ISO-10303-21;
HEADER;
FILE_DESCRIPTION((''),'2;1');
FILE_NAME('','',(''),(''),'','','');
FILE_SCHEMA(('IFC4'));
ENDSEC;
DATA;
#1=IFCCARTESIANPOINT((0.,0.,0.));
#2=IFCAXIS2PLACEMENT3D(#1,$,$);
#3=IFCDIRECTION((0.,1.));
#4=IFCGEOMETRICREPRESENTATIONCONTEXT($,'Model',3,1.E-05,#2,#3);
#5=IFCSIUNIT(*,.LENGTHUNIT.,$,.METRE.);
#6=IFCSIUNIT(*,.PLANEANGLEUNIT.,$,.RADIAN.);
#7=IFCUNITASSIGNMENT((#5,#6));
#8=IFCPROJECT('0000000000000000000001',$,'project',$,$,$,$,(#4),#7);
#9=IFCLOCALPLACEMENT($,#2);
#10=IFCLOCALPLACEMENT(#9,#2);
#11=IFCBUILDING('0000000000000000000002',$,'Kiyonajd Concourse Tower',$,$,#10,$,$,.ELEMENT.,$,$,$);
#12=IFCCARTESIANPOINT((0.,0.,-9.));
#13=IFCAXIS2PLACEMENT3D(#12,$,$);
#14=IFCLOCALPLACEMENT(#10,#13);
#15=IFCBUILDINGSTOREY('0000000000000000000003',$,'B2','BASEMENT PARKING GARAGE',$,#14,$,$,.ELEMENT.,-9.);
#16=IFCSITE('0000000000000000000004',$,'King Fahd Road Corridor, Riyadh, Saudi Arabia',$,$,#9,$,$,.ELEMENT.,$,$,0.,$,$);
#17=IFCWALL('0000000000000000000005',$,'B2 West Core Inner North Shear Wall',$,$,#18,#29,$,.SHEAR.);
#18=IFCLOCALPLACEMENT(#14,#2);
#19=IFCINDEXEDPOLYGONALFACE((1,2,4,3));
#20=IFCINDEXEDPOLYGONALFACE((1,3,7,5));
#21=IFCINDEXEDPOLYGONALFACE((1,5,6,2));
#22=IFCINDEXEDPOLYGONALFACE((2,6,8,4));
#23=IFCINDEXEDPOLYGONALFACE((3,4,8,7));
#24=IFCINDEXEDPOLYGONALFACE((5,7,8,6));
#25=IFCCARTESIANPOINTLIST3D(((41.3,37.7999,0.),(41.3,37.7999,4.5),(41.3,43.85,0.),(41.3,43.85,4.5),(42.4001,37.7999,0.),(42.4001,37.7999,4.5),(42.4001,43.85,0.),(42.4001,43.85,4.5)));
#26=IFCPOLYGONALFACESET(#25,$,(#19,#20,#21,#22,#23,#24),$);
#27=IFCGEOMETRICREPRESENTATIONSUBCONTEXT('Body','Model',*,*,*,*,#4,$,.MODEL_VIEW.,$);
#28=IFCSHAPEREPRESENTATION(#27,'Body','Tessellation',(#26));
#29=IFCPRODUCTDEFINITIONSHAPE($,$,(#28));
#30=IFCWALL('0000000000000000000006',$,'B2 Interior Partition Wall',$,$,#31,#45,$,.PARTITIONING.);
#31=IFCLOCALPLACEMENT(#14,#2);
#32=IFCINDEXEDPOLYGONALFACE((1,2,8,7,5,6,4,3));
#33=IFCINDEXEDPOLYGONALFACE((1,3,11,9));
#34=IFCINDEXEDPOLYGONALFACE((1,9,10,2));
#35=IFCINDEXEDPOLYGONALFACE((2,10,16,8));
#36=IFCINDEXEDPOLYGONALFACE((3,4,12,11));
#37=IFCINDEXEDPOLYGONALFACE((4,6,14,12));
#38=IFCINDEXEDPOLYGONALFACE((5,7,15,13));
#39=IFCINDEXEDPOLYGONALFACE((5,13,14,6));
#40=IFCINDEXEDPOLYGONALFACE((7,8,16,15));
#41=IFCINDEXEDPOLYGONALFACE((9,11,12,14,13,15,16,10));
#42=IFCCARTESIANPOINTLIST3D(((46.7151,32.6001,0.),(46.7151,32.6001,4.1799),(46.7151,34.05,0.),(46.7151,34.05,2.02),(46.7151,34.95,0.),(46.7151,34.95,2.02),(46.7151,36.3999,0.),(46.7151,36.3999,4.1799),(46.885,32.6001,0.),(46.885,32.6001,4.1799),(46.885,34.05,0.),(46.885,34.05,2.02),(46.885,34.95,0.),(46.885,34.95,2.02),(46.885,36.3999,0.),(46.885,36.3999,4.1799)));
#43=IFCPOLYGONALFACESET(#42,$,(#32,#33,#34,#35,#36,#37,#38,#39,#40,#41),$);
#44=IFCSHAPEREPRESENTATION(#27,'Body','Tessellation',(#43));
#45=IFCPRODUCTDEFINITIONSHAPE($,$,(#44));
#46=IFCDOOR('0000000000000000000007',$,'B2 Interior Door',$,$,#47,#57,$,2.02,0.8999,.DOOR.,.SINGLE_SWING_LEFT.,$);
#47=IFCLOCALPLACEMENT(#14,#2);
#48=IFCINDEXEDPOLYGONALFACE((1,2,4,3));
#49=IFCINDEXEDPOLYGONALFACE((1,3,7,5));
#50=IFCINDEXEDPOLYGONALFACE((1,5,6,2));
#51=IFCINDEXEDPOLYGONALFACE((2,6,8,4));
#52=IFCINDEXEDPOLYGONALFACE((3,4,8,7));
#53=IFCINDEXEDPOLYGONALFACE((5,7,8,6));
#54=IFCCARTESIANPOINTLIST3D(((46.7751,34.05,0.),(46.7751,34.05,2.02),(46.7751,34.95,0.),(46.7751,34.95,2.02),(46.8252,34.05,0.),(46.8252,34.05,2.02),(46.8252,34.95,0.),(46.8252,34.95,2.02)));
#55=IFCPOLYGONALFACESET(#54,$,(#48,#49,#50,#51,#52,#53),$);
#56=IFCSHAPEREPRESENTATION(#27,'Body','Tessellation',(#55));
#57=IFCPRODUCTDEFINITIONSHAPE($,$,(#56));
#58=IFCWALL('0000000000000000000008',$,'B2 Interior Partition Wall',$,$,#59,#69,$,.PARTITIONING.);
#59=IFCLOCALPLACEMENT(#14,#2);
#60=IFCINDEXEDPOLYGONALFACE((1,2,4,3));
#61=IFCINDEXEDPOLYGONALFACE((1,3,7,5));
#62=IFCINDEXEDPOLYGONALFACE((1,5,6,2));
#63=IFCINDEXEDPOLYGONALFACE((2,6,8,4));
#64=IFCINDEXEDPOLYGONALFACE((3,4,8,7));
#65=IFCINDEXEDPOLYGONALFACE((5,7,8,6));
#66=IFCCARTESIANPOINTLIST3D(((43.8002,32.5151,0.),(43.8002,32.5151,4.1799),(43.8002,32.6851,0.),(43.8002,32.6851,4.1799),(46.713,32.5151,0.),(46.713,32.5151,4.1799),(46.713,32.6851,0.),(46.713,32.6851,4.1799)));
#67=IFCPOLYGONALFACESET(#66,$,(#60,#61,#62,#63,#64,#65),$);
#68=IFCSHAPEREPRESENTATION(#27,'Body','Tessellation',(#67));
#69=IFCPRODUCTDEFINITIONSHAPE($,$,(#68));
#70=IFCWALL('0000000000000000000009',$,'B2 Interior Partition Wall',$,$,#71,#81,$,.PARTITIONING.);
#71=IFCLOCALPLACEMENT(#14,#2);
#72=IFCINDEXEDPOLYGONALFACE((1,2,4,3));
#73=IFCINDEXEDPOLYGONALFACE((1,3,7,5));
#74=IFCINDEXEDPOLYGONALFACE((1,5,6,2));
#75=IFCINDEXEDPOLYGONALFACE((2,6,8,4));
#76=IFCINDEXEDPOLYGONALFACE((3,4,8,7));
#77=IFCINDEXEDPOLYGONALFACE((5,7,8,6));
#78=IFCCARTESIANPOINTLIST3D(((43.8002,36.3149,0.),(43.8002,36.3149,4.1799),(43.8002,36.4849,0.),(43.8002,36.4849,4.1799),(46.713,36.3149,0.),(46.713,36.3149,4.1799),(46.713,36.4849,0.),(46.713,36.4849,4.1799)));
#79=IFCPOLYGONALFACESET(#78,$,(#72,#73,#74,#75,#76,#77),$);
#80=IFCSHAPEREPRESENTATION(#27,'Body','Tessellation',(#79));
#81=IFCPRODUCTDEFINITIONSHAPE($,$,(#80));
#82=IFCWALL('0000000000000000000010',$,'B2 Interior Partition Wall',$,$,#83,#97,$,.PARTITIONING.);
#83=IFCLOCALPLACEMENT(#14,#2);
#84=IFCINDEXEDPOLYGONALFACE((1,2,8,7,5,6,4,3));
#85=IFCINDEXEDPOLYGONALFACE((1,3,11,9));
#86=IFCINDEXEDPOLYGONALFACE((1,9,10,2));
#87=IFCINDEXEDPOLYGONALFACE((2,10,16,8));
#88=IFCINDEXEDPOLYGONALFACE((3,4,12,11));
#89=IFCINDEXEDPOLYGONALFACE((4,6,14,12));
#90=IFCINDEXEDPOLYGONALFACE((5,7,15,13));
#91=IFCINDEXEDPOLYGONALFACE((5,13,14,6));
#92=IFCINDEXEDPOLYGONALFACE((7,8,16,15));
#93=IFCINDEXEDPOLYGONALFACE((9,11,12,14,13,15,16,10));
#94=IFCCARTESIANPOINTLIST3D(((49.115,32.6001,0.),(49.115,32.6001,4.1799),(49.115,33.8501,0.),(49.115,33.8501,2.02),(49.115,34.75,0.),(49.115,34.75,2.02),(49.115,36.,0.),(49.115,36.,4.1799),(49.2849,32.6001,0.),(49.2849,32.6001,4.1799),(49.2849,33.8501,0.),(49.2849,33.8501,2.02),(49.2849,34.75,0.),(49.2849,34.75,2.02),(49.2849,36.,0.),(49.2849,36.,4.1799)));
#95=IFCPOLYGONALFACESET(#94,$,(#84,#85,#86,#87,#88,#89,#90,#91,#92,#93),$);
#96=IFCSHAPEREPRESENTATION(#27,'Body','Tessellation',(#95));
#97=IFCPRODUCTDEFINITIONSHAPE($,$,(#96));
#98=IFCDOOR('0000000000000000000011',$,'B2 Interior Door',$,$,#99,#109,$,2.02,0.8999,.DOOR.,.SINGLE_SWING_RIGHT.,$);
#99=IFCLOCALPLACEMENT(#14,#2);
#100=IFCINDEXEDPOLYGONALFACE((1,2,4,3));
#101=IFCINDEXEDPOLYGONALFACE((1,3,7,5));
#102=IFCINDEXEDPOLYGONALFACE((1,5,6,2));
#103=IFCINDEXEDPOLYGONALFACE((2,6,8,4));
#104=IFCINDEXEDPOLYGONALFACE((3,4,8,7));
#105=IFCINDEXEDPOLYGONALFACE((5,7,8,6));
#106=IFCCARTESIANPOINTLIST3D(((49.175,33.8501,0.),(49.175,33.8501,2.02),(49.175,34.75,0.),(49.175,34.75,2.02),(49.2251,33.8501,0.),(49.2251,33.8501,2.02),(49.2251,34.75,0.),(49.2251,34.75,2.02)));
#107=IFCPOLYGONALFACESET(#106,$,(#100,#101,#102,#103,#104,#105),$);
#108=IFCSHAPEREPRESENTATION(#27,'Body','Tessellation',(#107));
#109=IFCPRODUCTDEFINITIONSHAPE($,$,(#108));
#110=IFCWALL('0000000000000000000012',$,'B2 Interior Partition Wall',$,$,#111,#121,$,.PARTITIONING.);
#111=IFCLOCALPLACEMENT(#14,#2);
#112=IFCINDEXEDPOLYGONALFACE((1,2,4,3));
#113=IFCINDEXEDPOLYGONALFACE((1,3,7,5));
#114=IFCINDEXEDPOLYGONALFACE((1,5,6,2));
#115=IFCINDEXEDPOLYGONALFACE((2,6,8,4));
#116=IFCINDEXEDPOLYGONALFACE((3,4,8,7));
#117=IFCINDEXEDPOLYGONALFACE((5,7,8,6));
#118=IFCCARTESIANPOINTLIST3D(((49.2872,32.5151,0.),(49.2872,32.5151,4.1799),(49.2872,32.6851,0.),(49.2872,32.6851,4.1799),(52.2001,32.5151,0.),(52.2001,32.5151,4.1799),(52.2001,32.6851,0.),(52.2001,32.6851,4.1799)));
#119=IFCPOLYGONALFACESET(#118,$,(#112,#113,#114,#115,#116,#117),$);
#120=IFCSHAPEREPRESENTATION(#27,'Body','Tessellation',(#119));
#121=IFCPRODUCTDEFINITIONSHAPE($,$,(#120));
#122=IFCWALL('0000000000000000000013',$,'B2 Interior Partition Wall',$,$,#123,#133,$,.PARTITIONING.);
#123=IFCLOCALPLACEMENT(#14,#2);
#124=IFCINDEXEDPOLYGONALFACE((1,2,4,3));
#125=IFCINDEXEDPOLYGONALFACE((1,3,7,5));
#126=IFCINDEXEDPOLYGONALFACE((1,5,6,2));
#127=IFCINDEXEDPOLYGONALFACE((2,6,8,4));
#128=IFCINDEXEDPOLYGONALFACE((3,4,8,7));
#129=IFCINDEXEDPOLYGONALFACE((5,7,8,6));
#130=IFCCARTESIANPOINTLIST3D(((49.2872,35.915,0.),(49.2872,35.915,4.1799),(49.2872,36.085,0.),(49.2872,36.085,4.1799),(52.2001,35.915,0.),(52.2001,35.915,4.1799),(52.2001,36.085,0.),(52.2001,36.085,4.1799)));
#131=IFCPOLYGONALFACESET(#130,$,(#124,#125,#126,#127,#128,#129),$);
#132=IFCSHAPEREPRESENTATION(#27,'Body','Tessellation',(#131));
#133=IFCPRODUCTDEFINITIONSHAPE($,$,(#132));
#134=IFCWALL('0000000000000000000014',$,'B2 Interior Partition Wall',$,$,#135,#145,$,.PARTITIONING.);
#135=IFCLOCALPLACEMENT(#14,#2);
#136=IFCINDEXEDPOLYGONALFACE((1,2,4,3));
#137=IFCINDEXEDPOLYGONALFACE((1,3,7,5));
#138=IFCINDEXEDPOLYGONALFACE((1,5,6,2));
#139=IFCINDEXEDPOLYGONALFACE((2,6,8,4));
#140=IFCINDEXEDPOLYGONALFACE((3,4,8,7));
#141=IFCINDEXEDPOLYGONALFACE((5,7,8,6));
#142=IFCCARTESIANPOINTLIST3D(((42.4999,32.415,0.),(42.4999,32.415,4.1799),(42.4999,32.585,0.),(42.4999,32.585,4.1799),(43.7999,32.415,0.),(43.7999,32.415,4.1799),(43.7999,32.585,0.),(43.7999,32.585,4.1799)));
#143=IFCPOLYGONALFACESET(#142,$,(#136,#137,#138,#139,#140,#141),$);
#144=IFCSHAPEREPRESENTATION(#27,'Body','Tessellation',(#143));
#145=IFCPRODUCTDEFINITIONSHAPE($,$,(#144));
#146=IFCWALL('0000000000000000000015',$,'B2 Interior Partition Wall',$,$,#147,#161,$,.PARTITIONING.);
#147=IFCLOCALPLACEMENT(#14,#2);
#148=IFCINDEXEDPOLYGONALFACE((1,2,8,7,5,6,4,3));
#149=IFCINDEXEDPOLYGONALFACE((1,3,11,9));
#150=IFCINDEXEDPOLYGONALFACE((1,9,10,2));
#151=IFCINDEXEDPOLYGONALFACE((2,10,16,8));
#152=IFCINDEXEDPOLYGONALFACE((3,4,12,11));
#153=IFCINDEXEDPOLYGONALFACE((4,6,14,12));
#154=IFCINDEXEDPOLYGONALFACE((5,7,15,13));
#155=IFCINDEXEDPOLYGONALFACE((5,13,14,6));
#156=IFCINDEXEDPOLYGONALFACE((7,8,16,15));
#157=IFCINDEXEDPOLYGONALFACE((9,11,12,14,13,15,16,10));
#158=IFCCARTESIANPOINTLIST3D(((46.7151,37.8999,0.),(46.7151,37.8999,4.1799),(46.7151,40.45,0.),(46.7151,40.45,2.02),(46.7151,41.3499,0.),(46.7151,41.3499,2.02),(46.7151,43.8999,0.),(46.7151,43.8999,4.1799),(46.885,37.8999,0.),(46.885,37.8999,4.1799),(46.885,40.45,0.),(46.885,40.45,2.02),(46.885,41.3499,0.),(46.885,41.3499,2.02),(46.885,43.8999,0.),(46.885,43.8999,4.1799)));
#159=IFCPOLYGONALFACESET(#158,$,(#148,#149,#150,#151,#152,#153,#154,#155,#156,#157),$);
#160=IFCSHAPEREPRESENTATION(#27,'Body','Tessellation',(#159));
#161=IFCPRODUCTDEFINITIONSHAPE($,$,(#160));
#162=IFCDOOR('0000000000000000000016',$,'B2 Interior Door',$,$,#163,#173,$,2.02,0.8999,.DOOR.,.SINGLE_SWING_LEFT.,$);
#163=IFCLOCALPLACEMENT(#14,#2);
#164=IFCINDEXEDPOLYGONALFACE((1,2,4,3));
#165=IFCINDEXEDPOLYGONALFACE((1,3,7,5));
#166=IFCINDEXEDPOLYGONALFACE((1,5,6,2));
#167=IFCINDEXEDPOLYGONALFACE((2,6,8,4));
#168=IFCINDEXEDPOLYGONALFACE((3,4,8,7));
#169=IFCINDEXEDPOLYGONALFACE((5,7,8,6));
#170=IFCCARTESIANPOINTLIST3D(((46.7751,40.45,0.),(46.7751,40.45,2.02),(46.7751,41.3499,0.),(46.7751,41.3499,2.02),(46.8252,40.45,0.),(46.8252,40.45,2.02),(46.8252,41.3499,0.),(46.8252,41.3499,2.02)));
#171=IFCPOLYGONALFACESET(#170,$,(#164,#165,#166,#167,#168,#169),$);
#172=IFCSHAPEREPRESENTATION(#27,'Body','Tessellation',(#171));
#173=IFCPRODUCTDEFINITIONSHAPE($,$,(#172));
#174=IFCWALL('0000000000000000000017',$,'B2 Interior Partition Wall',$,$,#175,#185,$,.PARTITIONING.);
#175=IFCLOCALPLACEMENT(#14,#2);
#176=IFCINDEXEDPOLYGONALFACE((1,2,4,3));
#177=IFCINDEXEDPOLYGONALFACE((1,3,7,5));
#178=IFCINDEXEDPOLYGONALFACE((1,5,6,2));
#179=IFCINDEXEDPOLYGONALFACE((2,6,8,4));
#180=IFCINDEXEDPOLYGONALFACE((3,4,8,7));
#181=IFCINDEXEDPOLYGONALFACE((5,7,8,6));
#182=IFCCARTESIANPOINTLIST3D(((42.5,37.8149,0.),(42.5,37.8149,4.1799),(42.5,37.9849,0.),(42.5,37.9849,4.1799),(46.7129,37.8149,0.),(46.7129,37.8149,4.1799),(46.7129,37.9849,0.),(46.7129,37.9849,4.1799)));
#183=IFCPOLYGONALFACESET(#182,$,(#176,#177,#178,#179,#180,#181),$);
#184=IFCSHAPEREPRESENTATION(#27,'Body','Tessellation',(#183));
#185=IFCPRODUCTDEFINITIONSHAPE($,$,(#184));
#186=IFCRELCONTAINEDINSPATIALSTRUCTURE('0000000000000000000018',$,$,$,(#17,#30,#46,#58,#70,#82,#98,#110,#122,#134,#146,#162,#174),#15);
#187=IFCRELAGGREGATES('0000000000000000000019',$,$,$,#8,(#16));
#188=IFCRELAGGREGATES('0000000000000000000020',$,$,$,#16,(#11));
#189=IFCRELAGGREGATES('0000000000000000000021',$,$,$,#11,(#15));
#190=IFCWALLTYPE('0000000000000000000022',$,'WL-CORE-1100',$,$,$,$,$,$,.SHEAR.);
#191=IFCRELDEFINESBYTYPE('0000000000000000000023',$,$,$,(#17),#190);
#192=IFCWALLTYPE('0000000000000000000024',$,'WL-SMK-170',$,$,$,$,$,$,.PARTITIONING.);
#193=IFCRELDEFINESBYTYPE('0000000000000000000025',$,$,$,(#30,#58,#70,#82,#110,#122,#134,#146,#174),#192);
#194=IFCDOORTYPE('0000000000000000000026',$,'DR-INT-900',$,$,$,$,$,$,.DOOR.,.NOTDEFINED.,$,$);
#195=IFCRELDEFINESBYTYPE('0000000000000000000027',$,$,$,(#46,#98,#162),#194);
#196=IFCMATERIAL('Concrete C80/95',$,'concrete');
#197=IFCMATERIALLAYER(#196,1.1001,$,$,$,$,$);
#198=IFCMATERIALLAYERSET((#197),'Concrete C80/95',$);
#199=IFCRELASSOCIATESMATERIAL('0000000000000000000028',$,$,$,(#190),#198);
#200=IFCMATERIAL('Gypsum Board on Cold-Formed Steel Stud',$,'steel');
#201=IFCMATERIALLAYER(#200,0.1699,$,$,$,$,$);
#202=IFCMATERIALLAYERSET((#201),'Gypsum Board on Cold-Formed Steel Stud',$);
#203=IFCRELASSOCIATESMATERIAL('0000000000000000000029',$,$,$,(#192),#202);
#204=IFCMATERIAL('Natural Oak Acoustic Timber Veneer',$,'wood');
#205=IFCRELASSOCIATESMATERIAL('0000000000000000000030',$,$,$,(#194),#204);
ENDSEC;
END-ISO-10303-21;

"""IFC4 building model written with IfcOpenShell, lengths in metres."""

from ifc_helpers import new_model, si_unit, direction, frame, frame_2d, origin, place, context, subcontext, project, spatial, rectangle, extrude, material, layer, layer_set, type_object, element, fill, save


model = new_model("IFC4")

# Units and contexts
model_context = context("Model", 3, precision=1e-05, world=origin(), true_north=direction((0.0, 1.0)))
body_context = subcontext(model_context, "Body", "Model", "MODEL_VIEW")
ifc_project = project(units=[si_unit("LENGTHUNIT", "METRE"), si_unit("PLANEANGLEUNIT", "RADIAN")], contexts=[model_context])

# Site, building, storey
site_placement = place(None, origin())
site = spatial("IfcSite", under=ifc_project, at=site_placement, Name="King Fahd Road Corridor, Riyadh, Saudi Arabia", CompositionType="ELEMENT", RefElevation=0.0)
building_placement = place(site_placement, origin())
building = spatial("IfcBuilding", under=site, at=building_placement, Name="Kiyonajd Concourse Tower", CompositionType="ELEMENT")
storey_placement = place(building_placement, frame((0.0, 0.0, -9.0)))
storey = spatial("IfcBuildingStorey", under=building, at=storey_placement, Name="B2", Description="BASEMENT PARKING GARAGE", CompositionType="ELEMENT", Elevation=-9.0)

# Wall
ifc_material_1 = material(Name="Concrete C80/95", Category="concrete")
ifc_layer_1 = layer(ifc_material_1, 1.1001)
ifc_layer_set_1 = layer_set([ifc_layer_1], Name="Concrete C80/95")
wall_type_1 = type_object("IfcWallType", Name="WL-CORE-1100", PredefinedType="SHEAR", material=ifc_layer_set_1)
wall_1_placement = place(storey_placement, frame((41.8501, 37.8, 0.0), z_axis=(0.0, 0.0, 1.0), x_axis=(0.0, 1.0, 0.0)))
element("IfcWall", 1, at=wall_1_placement, inside=storey, type_object=wall_type_1, Name="B2 West Core Inner North Shear Wall", PredefinedType="SHEAR", context=body_context, shape_type="SweptSolid", body=[
    extrude(rectangle(XDim=6.05, YDim=1.1001, at=frame_2d((3.0249, 0.0))), origin(), (0.0, 0.0, 1.0), 4.5),
])

# Wall, opening, door
ifc_material_2 = material(Name="Gypsum Board on Cold-Formed Steel Stud", Category="steel")
ifc_layer_2 = layer(ifc_material_2, 0.1699)
ifc_layer_set_2 = layer_set([ifc_layer_2], Name="Gypsum Board on Cold-Formed Steel Stud")
wall_type_2 = type_object("IfcWallType", Name="WL-SMK-170", PredefinedType="PARTITIONING", material=ifc_layer_set_2)
wall_2_placement = place(storey_placement, frame((46.8, 32.6001, 0.0), z_axis=(0.0, 0.0, 1.0), x_axis=(0.0, 1.0, 0.0)))
wall_2 = element("IfcWall", 2, at=wall_2_placement, inside=storey, type_object=wall_type_2, Name="B2 Interior Partition Wall", PredefinedType="PARTITIONING", context=body_context, shape_type="SweptSolid", body=[
    extrude(rectangle(XDim=3.7998, YDim=0.1699, at=frame_2d((1.8999, 0.0))), origin(), (0.0, 0.0, 1.0), 4.1799),
])
opening_1_placement = place(wall_2_placement, frame((1.45, 0.0, 0.0)))
opening_1 = element("IfcOpeningElement", 3, at=opening_1_placement, cuts=wall_2, PredefinedType="OPENING", context=body_context, shape_type="SweptSolid", body=[
    extrude(rectangle(XDim=0.8999, YDim=2.02, at=frame_2d((0.45, 1.01))), frame((0.0, 0.095, 0.0), z_axis=(0.0, -1.0, 0.0), x_axis=(1.0, 0.0, 0.0)), (0.0, 0.0, 1.0), 0.1899),
])
ifc_material_3 = material(Name="Natural Oak Acoustic Timber Veneer", Category="wood")
door_type = type_object("IfcDoorType", Name="DR-INT-900", OperationType="NOTDEFINED", PredefinedType="DOOR", material=ifc_material_3)
door_1_placement = place(opening_1_placement, origin())
door_1 = element("IfcDoor", 4, at=door_1_placement, inside=storey, type_object=door_type, Name="B2 Interior Door", OperationType="SINGLE_SWING_LEFT", OverallHeight=2.02, OverallWidth=0.8999, PredefinedType="DOOR", context=body_context, shape_type="SweptSolid", body=[
    extrude(rectangle(XDim=0.8999, YDim=2.02, at=frame_2d((0.45, 1.01))), frame((0.0, 0.0249, 0.0), z_axis=(0.0, -1.0, 0.0), x_axis=(1.0, 0.0, 0.0)), (0.0, 0.0, 1.0), 0.05),
])
fill(opening_1, door_1)

# Walls
for number, where, z_axis, x_axis, name in (
    (5, (43.8, 32.6001, 0.0), (0.0, 0.0, 1.0), (1.0, 0.0, 0.0), "B2 Interior Partition Wall"),
    (6, (43.8, 36.3999, 0.0), (0.0, 0.0, 1.0), (1.0, 0.0, 0.0), "B2 Interior Partition Wall"),
):
    element("IfcWall", number, at=place(storey_placement, frame(where, z_axis=z_axis, x_axis=x_axis)), inside=storey, type_object=wall_type_2, Name=name, PredefinedType="PARTITIONING", context=body_context, shape_type="SweptSolid", body=[
        extrude(rectangle(XDim=2.9128, YDim=0.1699, at=frame_2d((1.4565, 0.0))), origin(), (0.0, 0.0, 1.0), 4.1799),
    ])

# Wall, opening, door
wall_3_placement = place(storey_placement, frame((49.2, 32.6001, 0.0), z_axis=(0.0, 0.0, 1.0), x_axis=(0.0, 1.0, 0.0)))
wall_3 = element("IfcWall", 7, at=wall_3_placement, inside=storey, type_object=wall_type_2, Name="B2 Interior Partition Wall", PredefinedType="PARTITIONING", context=body_context, shape_type="SweptSolid", body=[
    extrude(rectangle(XDim=3.3999, YDim=0.1699, at=frame_2d((1.7, 0.0))), origin(), (0.0, 0.0, 1.0), 4.1799),
])
opening_2_placement = place(wall_3_placement, frame((1.25, 0.0, 0.0)))
opening_2 = element("IfcOpeningElement", 8, at=opening_2_placement, cuts=wall_3, PredefinedType="OPENING", context=body_context, shape_type="SweptSolid", body=[
    extrude(rectangle(XDim=0.8999, YDim=2.02, at=frame_2d((0.45, 1.01))), frame((0.0, 0.095, 0.0), z_axis=(0.0, -1.0, 0.0), x_axis=(1.0, 0.0, 0.0)), (0.0, 0.0, 1.0), 0.1899),
])
door_2_placement = place(opening_2_placement, origin())
door_2 = element("IfcDoor", 9, at=door_2_placement, inside=storey, type_object=door_type, Name="B2 Interior Door", OperationType="SINGLE_SWING_RIGHT", OverallHeight=2.02, OverallWidth=0.8999, PredefinedType="DOOR", context=body_context, shape_type="SweptSolid", body=[
    extrude(rectangle(XDim=0.8999, YDim=2.02, at=frame_2d((0.45, 1.01))), frame((0.0, 0.0249, 0.0), z_axis=(0.0, -1.0, 0.0), x_axis=(1.0, 0.0, 0.0)), (0.0, 0.0, 1.0), 0.05),
])
fill(opening_2, door_2)

# Walls
for number, where, z_axis, x_axis, name in (
    (10, (49.2871, 32.6001, 0.0), (0.0, 0.0, 1.0), (1.0, 0.0, 0.0), "B2 Interior Partition Wall"),
    (11, (49.2871, 36.0, 0.0), (0.0, 0.0, 1.0), (1.0, 0.0, 0.0), "B2 Interior Partition Wall"),
):
    element("IfcWall", number, at=place(storey_placement, frame(where, z_axis=z_axis, x_axis=x_axis)), inside=storey, type_object=wall_type_2, Name=name, PredefinedType="PARTITIONING", context=body_context, shape_type="SweptSolid", body=[
        extrude(rectangle(XDim=2.9128, YDim=0.1699, at=frame_2d((1.4565, 0.0))), origin(), (0.0, 0.0, 1.0), 4.1799),
    ])
wall_4_placement = place(storey_placement, frame((42.5, 32.5, 0.0), z_axis=(0.0, 0.0, 1.0), x_axis=(1.0, 0.0, 0.0)))
element("IfcWall", 12, at=wall_4_placement, inside=storey, type_object=wall_type_2, Name="B2 Interior Partition Wall", PredefinedType="PARTITIONING", context=body_context, shape_type="SweptSolid", body=[
    extrude(rectangle(XDim=1.3, YDim=0.1699, at=frame_2d((0.6499, 0.0))), origin(), (0.0, 0.0, 1.0), 4.1799),
])

# Wall, opening, door
wall_5_placement = place(storey_placement, frame((46.8, 37.8999, 0.0), z_axis=(0.0, 0.0, 1.0), x_axis=(0.0, 1.0, 0.0)))
wall_5 = element("IfcWall", 13, at=wall_5_placement, inside=storey, type_object=wall_type_2, Name="B2 Interior Partition Wall", PredefinedType="PARTITIONING", context=body_context, shape_type="SweptSolid", body=[
    extrude(rectangle(XDim=6.0, YDim=0.1699, at=frame_2d((3.0, 0.0))), origin(), (0.0, 0.0, 1.0), 4.1799),
])
opening_3_placement = place(wall_5_placement, frame((2.55, 0.0, 0.0)))
opening_3 = element("IfcOpeningElement", 14, at=opening_3_placement, cuts=wall_5, PredefinedType="OPENING", context=body_context, shape_type="SweptSolid", body=[
    extrude(rectangle(XDim=0.8999, YDim=2.02, at=frame_2d((0.45, 1.01))), frame((0.0, 0.095, 0.0), z_axis=(0.0, -1.0, 0.0), x_axis=(1.0, 0.0, 0.0)), (0.0, 0.0, 1.0), 0.1899),
])
door_3_placement = place(opening_3_placement, origin())
door_3 = element("IfcDoor", 15, at=door_3_placement, inside=storey, type_object=door_type, Name="B2 Interior Door", OperationType="SINGLE_SWING_LEFT", OverallHeight=2.02, OverallWidth=0.8999, PredefinedType="DOOR", context=body_context, shape_type="SweptSolid", body=[
    extrude(rectangle(XDim=0.8999, YDim=2.02, at=frame_2d((0.45, 1.01))), frame((0.0, 0.0249, 0.0), z_axis=(0.0, -1.0, 0.0), x_axis=(1.0, 0.0, 0.0)), (0.0, 0.0, 1.0), 0.05),
])
fill(opening_3, door_3)

# Wall
wall_6_placement = place(storey_placement, frame((42.5, 37.8999, 0.0), z_axis=(0.0, 0.0, 1.0), x_axis=(1.0, 0.0, 0.0)))
element("IfcWall", 16, at=wall_6_placement, inside=storey, type_object=wall_type_2, Name="B2 Interior Partition Wall", PredefinedType="PARTITIONING", context=body_context, shape_type="SweptSolid", body=[
    extrude(rectangle(XDim=4.2129, YDim=0.1699, at=frame_2d((2.1064, 0.0))), origin(), (0.0, 0.0, 1.0), 4.1799),
])

save(model, "model.ifc")
